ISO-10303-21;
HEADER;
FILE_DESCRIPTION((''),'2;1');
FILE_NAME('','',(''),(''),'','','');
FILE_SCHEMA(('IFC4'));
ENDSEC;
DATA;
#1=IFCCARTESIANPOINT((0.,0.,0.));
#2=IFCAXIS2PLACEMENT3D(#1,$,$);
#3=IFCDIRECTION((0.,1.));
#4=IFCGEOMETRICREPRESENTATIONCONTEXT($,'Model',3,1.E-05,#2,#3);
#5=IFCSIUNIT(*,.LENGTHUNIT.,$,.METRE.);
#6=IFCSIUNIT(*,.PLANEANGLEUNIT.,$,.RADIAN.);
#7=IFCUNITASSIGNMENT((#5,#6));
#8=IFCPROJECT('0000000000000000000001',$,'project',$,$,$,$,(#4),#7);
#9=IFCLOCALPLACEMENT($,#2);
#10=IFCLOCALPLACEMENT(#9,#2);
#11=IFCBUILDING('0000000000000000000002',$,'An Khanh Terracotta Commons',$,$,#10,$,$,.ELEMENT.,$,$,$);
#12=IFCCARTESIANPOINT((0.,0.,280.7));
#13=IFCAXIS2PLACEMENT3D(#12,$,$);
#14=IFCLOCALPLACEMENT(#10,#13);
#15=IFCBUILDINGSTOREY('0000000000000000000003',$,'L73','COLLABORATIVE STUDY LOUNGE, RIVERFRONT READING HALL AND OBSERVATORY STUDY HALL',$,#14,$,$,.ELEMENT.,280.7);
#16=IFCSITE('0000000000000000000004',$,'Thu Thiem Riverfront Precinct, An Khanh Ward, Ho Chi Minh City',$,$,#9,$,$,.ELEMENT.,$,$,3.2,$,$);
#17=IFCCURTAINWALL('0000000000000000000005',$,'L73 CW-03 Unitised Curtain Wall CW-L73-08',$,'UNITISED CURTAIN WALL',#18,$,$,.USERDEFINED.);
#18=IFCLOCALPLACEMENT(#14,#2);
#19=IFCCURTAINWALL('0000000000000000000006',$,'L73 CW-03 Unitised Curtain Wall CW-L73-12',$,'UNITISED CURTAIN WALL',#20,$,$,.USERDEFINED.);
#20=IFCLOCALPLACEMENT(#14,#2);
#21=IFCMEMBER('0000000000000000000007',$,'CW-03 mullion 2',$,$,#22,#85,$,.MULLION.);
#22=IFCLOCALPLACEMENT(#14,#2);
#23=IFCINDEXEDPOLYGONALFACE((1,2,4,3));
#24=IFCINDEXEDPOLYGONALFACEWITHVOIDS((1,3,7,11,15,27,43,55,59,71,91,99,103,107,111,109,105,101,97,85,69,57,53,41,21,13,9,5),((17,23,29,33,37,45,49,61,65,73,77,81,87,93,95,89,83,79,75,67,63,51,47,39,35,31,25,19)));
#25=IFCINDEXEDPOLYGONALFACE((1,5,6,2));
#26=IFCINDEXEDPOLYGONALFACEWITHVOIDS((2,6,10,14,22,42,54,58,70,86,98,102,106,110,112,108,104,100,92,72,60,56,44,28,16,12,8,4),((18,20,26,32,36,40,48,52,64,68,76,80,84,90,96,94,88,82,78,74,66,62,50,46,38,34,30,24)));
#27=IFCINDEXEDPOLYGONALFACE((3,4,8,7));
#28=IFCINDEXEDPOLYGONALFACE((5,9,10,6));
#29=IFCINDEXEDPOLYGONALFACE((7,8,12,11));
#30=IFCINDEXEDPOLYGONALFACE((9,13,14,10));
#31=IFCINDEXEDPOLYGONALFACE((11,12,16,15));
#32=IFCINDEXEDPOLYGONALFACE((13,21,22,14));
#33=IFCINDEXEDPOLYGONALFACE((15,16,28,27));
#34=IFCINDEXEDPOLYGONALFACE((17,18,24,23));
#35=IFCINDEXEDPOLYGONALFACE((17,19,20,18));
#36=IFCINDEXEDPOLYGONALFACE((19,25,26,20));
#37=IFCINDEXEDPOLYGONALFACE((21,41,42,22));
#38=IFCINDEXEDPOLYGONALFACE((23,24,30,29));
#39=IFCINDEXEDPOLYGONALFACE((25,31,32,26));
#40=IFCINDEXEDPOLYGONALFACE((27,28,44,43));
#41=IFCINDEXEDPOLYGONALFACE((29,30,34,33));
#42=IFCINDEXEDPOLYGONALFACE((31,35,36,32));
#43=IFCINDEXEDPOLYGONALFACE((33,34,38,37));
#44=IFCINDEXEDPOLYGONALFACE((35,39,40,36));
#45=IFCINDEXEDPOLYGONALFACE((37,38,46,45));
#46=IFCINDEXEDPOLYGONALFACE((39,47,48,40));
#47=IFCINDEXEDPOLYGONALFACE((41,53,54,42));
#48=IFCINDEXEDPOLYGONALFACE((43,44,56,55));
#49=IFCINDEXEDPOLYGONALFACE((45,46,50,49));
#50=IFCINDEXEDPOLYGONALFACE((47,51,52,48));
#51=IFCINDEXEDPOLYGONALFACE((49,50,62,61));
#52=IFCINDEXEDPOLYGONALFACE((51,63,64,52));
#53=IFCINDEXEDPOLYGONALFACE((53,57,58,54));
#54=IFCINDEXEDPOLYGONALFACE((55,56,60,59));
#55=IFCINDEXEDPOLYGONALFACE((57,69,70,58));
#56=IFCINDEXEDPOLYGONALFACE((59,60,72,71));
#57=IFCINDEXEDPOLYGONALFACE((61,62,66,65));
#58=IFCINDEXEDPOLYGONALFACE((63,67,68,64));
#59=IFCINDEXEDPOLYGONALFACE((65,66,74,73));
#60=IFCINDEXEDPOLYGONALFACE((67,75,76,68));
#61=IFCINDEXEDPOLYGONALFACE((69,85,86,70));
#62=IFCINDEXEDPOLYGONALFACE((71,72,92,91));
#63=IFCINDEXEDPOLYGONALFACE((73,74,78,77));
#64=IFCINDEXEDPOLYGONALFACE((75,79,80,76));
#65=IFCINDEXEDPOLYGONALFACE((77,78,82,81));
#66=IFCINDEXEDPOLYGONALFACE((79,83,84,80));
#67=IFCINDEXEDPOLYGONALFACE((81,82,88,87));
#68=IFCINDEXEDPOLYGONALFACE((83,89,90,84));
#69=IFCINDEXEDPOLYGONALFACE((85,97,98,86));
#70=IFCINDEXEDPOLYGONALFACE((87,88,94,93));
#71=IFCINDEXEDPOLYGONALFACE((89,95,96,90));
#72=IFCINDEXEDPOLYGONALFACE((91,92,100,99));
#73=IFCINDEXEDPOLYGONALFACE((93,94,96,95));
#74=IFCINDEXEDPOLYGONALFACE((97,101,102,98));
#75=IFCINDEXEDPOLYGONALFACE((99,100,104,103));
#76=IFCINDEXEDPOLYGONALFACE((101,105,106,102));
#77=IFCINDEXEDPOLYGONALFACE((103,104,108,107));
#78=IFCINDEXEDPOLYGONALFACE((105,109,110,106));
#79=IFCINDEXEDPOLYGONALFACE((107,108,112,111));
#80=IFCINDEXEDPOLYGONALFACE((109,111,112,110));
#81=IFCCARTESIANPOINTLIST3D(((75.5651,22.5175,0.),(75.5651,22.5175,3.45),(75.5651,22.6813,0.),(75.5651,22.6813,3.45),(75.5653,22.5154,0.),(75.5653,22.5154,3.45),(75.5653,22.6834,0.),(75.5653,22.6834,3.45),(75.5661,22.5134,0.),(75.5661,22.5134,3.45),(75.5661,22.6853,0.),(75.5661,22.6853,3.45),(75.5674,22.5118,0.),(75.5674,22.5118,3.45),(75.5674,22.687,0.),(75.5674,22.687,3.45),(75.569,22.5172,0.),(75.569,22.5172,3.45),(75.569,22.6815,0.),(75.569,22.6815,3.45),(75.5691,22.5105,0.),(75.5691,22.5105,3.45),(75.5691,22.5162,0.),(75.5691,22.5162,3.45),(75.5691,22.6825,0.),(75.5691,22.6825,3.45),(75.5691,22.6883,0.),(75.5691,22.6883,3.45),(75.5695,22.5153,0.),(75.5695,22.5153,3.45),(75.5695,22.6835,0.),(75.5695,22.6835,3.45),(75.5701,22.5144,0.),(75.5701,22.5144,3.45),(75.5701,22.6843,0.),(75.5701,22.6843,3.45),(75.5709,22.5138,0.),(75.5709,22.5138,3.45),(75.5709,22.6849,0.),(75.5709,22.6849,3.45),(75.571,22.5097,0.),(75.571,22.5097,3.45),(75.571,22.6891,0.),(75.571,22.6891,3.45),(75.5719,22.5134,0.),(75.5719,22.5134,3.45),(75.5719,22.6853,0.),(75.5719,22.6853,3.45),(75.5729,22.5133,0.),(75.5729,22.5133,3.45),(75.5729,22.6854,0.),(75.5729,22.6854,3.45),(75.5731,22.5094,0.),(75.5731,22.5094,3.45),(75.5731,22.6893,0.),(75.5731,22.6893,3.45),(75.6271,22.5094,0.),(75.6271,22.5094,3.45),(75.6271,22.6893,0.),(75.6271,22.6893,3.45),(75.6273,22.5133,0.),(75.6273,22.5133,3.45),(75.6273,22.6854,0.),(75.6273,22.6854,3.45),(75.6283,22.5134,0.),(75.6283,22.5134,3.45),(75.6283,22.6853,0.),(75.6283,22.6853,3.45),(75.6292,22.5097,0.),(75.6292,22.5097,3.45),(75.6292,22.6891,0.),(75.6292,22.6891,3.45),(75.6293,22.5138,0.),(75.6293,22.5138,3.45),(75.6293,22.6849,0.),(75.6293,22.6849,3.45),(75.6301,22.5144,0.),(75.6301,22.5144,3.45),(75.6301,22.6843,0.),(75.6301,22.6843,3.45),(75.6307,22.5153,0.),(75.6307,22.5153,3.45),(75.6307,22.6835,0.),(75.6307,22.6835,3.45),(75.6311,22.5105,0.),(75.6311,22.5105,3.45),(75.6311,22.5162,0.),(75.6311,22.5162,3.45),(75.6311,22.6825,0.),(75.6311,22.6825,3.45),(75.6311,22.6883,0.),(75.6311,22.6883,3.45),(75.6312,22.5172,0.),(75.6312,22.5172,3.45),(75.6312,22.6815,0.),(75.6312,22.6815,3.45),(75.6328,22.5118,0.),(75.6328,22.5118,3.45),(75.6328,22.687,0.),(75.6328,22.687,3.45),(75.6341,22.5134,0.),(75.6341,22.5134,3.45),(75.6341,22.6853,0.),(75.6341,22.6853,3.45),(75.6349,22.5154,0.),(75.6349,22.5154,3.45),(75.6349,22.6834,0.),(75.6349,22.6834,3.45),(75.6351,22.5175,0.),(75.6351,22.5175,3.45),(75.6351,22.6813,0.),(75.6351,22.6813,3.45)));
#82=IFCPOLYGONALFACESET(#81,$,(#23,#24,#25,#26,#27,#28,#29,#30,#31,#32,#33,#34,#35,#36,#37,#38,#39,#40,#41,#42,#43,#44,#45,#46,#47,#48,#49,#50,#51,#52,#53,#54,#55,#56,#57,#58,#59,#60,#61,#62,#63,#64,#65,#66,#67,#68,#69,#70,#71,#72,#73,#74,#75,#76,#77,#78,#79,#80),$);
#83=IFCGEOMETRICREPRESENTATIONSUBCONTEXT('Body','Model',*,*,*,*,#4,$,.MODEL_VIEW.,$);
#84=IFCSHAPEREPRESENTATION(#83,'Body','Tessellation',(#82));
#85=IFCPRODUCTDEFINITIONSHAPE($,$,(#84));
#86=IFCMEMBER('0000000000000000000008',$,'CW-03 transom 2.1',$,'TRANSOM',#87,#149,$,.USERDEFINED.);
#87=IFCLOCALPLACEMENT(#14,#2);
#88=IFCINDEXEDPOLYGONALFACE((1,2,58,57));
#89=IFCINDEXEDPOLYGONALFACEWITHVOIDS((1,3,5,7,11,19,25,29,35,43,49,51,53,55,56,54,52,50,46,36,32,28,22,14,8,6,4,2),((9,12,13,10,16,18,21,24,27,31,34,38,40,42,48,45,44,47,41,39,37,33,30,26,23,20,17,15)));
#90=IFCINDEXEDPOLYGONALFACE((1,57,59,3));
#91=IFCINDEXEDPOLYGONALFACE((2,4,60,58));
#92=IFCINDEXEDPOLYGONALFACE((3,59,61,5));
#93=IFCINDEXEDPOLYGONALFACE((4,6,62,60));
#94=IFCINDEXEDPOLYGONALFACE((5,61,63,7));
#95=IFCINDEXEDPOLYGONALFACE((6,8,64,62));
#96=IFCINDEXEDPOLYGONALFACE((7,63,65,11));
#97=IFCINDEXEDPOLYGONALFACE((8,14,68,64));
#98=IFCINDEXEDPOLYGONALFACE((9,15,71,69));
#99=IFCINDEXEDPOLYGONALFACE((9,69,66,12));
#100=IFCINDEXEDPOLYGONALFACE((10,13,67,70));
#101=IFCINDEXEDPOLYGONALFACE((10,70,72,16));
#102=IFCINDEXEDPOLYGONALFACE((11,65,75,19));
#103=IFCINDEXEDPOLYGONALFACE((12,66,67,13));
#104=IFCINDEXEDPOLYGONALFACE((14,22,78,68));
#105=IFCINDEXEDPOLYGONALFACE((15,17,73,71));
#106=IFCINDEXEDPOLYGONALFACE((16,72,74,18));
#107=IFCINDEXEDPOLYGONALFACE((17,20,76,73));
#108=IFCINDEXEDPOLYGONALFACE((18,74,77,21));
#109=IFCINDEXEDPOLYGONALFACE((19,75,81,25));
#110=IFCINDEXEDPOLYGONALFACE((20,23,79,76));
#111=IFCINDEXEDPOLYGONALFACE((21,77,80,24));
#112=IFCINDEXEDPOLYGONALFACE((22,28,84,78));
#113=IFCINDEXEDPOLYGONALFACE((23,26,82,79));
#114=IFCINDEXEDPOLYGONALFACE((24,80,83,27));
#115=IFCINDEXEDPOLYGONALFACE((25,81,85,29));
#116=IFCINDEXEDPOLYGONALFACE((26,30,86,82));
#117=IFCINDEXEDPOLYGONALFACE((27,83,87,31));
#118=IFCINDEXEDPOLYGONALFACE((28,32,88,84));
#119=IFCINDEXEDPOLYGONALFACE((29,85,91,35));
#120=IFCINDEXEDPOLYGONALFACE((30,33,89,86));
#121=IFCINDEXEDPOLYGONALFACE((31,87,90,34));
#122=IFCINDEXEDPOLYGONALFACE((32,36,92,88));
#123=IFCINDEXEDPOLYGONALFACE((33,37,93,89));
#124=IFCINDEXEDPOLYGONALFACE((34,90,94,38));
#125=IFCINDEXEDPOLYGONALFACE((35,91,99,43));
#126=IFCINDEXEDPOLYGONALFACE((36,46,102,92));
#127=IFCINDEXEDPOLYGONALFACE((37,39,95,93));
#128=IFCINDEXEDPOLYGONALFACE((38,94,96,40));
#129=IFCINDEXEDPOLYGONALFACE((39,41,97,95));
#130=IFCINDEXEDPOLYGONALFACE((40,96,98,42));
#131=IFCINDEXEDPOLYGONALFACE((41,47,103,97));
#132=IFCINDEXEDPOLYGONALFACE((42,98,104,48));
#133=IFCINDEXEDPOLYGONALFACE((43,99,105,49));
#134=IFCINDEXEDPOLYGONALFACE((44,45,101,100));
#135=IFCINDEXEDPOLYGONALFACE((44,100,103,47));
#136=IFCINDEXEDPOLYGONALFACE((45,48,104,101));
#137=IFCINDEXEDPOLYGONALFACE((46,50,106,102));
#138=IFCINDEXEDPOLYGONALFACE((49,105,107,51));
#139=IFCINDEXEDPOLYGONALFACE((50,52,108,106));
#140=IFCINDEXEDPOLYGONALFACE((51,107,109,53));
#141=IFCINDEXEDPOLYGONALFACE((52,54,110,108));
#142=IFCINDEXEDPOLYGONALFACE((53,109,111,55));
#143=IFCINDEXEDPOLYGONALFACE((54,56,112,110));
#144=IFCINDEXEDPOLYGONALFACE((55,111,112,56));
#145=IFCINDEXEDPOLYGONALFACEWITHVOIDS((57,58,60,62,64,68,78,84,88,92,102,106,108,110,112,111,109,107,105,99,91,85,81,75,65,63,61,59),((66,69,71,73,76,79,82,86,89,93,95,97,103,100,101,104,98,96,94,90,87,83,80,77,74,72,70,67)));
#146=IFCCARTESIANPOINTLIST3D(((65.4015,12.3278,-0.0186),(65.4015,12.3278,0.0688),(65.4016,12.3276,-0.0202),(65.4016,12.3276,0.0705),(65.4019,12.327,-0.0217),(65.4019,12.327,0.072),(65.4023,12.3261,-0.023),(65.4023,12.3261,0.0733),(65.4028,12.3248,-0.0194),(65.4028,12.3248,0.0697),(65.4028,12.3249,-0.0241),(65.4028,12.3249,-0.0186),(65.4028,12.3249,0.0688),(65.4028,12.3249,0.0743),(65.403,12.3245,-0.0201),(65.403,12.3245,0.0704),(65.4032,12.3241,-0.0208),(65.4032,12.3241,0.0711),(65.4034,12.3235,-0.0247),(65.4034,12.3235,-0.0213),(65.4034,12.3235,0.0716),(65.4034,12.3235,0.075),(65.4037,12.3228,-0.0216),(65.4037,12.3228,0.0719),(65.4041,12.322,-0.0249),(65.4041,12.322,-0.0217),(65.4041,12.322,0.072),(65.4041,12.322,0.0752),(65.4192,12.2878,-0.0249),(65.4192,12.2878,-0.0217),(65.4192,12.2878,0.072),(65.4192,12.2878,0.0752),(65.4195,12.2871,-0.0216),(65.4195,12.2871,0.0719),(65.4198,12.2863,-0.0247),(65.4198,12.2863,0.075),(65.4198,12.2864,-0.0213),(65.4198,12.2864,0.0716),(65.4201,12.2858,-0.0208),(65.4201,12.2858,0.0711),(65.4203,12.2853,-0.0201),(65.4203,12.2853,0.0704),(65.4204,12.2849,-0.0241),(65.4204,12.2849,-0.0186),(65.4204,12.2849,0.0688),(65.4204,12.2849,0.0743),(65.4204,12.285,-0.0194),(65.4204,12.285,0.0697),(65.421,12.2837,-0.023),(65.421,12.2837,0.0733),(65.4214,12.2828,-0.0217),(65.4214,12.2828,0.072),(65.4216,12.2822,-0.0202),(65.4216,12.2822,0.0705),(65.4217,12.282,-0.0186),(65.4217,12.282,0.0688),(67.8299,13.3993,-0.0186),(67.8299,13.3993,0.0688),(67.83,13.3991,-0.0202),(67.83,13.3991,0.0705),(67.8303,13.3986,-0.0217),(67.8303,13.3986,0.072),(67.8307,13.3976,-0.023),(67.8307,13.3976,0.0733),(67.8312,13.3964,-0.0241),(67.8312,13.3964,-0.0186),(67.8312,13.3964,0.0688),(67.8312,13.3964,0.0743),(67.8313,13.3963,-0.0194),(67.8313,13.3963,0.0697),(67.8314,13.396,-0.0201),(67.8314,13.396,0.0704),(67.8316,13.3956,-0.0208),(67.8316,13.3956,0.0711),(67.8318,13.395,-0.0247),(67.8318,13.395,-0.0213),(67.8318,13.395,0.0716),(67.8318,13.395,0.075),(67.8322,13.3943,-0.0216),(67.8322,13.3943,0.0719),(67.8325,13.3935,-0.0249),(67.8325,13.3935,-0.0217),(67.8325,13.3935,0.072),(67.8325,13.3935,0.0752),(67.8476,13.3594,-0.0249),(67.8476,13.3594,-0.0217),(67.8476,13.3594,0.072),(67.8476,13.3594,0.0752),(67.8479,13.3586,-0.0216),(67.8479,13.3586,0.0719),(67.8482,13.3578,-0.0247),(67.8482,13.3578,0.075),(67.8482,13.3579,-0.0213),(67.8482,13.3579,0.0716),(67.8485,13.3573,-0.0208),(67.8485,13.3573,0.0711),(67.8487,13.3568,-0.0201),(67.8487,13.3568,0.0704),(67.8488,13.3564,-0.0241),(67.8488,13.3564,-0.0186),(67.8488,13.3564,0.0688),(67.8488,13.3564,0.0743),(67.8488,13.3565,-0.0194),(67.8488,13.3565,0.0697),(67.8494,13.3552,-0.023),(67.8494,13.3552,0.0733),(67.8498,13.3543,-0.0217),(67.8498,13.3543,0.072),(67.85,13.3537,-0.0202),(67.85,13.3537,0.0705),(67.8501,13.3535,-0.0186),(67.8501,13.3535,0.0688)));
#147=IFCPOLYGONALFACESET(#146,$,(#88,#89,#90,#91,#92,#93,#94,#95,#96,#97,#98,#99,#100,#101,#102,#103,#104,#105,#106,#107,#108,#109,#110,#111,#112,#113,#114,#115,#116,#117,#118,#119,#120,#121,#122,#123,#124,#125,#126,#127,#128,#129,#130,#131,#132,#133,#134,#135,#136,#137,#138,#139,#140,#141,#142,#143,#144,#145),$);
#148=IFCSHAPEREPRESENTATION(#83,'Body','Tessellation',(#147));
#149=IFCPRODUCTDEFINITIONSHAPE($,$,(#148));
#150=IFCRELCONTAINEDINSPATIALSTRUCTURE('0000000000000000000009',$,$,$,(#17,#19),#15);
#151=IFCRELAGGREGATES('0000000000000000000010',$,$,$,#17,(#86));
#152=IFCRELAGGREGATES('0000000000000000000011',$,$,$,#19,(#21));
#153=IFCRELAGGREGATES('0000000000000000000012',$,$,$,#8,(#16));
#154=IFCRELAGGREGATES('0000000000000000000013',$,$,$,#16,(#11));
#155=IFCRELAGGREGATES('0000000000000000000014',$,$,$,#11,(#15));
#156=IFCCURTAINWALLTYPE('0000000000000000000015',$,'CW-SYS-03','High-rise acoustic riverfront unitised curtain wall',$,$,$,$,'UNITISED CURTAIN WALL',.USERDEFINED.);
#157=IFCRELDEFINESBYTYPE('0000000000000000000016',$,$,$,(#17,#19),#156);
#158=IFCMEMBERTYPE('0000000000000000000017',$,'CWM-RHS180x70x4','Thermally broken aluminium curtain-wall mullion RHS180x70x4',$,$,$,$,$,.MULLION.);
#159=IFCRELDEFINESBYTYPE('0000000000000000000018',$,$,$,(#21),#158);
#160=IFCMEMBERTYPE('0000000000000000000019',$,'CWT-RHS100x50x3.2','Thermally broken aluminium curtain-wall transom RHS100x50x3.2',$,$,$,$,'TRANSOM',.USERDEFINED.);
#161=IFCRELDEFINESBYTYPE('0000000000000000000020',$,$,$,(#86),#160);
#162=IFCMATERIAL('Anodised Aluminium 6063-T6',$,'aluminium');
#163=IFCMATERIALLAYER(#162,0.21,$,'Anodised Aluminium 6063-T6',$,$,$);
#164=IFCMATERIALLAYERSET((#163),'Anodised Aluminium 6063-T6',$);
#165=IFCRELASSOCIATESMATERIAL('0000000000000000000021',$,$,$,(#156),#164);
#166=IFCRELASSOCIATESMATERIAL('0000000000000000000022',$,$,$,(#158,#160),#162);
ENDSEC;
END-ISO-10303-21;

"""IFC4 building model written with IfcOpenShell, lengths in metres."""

from ifc_helpers import new_model, si_unit, direction, frame, origin, origin_2d, place, context, subcontext, project, spatial, hollow_rectangle, extrude, material, layer, layer_set, material_profile, profile_set, type_object, element, aggregate, save


model = new_model("IFC4")

# Units and contexts
model_context = context("Model", 3, precision=1e-05, world=origin(), true_north=direction((0.0, 1.0)))
body_context = subcontext(model_context, "Body", "Model", "MODEL_VIEW")
ifc_project = project(units=[si_unit("LENGTHUNIT", "METRE"), si_unit("PLANEANGLEUNIT", "RADIAN")], contexts=[model_context])

# Site, building, storey
site_placement = place(None, origin())
site = spatial("IfcSite", under=ifc_project, at=site_placement, Name="Thu Thiem Riverfront Precinct, An Khanh Ward, Ho Chi Minh City", CompositionType="ELEMENT", RefElevation=3.2)
building_placement = place(site_placement, origin())
building = spatial("IfcBuilding", under=site, at=building_placement, Name="An Khanh Terracotta Commons", CompositionType="ELEMENT")
storey_placement = place(building_placement, frame((0.0, 0.0, 280.7)))
storey = spatial("IfcBuildingStorey", under=building, at=storey_placement, Name="L73", Description="COLLABORATIVE STUDY LOUNGE, RIVERFRONT READING HALL AND OBSERVATORY STUDY HALL", CompositionType="ELEMENT", Elevation=280.7)

# Curtain walls, member
ifc_material_1 = material(Name="Anodised Aluminium 6063-T6", Category="aluminium")
ifc_layer_1 = layer(ifc_material_1, 0.21, Name="Anodised Aluminium 6063-T6")
ifc_layer_set_1 = layer_set([ifc_layer_1], Name="Anodised Aluminium 6063-T6")
curtain_wall_type = type_object("IfcCurtainWallType", Name="CW-SYS-03", Description="High-rise acoustic riverfront unitised curtain wall", ElementType="UNITISED CURTAIN WALL", PredefinedType="USERDEFINED", material=ifc_layer_set_1)
curtain_wall_1_placement = place(storey_placement, origin())
curtain_wall_1 = element("IfcCurtainWall", 1, at=curtain_wall_1_placement, inside=storey, type_object=curtain_wall_type, Name="L73 CW-03 Unitised Curtain Wall CW-L73-08", ObjectType="UNITISED CURTAIN WALL", PredefinedType="USERDEFINED")
ifc_material_profile_1 = material_profile(ifc_material_1, hollow_rectangle(XDim=0.0701, YDim=0.1799, WallThickness=0.0039, InnerFilletRadius=0.0039, OuterFilletRadius=0.0081, at=origin_2d()), Name="RHS180x70x4")
ifc_profile_set_1 = profile_set([ifc_material_profile_1], Name="Anodised Aluminium 6063-T6")
member_type_1 = type_object("IfcMemberType", Name="CWM-RHS180x70x4", Description="Thermally broken aluminium curtain-wall mullion RHS180x70x4", PredefinedType="MULLION", material=ifc_profile_set_1)
curtain_wall_2_placement = place(storey_placement, origin())
curtain_wall_2 = element("IfcCurtainWall", 2, at=curtain_wall_2_placement, inside=storey, type_object=curtain_wall_type, Name="L73 CW-03 Unitised Curtain Wall CW-L73-12", ObjectType="UNITISED CURTAIN WALL", PredefinedType="USERDEFINED")
member_1_placement = place(storey_placement, frame((75.6001, 22.5994, 0.0), z_axis=(0.0, 0.0, 1.0), x_axis=(-1.0, 0.0, 0.0)))
member_1 = element("IfcMember", 3, at=member_1_placement, type_object=member_type_1, Name="CW-03 mullion 2", PredefinedType="MULLION", context=body_context, shape_type="SweptSolid", body=[
    extrude(hollow_rectangle(XDim=0.0701, YDim=0.1799, WallThickness=0.0039, InnerFilletRadius=0.0039, OuterFilletRadius=0.0081, at=origin_2d()), origin(), (0.0, 0.0, 1.0), 3.45),
])

# Member
ifc_material_profile_2 = material_profile(ifc_material_1, hollow_rectangle(XDim=0.05, YDim=0.1001, WallThickness=0.0032, InnerFilletRadius=0.0032, OuterFilletRadius=0.0063, at=origin_2d()), Name="RHS100x50x3.2")
ifc_profile_set_2 = profile_set([ifc_material_profile_2], Name="Anodised Aluminium 6063-T6")
member_type_2 = type_object("IfcMemberType", Name="CWT-RHS100x50x3.2", Description="Thermally broken aluminium curtain-wall transom RHS100x50x3.2", ElementType="TRANSOM", PredefinedType="USERDEFINED", material=ifc_profile_set_2)
member_2_placement = place(storey_placement, frame((65.4116, 12.3049, 0.0251), z_axis=(0.914897, 0.403688, 0.0), x_axis=(-0.403688, 0.914897, 0.0)))
member_2 = element("IfcMember", 4, at=member_2_placement, type_object=member_type_2, Name="CW-03 transom 2.1", ObjectType="TRANSOM", PredefinedType="USERDEFINED", context=body_context, shape_type="SweptSolid", body=[
    extrude(hollow_rectangle(XDim=0.05, YDim=0.1001, WallThickness=0.0032, InnerFilletRadius=0.0032, OuterFilletRadius=0.0063, at=origin_2d()), origin(), (0.0, 0.0, 1.0), 2.6543),
])

aggregate(curtain_wall_1, [member_2])
aggregate(curtain_wall_2, [member_1])

save(model, "model.ifc")
